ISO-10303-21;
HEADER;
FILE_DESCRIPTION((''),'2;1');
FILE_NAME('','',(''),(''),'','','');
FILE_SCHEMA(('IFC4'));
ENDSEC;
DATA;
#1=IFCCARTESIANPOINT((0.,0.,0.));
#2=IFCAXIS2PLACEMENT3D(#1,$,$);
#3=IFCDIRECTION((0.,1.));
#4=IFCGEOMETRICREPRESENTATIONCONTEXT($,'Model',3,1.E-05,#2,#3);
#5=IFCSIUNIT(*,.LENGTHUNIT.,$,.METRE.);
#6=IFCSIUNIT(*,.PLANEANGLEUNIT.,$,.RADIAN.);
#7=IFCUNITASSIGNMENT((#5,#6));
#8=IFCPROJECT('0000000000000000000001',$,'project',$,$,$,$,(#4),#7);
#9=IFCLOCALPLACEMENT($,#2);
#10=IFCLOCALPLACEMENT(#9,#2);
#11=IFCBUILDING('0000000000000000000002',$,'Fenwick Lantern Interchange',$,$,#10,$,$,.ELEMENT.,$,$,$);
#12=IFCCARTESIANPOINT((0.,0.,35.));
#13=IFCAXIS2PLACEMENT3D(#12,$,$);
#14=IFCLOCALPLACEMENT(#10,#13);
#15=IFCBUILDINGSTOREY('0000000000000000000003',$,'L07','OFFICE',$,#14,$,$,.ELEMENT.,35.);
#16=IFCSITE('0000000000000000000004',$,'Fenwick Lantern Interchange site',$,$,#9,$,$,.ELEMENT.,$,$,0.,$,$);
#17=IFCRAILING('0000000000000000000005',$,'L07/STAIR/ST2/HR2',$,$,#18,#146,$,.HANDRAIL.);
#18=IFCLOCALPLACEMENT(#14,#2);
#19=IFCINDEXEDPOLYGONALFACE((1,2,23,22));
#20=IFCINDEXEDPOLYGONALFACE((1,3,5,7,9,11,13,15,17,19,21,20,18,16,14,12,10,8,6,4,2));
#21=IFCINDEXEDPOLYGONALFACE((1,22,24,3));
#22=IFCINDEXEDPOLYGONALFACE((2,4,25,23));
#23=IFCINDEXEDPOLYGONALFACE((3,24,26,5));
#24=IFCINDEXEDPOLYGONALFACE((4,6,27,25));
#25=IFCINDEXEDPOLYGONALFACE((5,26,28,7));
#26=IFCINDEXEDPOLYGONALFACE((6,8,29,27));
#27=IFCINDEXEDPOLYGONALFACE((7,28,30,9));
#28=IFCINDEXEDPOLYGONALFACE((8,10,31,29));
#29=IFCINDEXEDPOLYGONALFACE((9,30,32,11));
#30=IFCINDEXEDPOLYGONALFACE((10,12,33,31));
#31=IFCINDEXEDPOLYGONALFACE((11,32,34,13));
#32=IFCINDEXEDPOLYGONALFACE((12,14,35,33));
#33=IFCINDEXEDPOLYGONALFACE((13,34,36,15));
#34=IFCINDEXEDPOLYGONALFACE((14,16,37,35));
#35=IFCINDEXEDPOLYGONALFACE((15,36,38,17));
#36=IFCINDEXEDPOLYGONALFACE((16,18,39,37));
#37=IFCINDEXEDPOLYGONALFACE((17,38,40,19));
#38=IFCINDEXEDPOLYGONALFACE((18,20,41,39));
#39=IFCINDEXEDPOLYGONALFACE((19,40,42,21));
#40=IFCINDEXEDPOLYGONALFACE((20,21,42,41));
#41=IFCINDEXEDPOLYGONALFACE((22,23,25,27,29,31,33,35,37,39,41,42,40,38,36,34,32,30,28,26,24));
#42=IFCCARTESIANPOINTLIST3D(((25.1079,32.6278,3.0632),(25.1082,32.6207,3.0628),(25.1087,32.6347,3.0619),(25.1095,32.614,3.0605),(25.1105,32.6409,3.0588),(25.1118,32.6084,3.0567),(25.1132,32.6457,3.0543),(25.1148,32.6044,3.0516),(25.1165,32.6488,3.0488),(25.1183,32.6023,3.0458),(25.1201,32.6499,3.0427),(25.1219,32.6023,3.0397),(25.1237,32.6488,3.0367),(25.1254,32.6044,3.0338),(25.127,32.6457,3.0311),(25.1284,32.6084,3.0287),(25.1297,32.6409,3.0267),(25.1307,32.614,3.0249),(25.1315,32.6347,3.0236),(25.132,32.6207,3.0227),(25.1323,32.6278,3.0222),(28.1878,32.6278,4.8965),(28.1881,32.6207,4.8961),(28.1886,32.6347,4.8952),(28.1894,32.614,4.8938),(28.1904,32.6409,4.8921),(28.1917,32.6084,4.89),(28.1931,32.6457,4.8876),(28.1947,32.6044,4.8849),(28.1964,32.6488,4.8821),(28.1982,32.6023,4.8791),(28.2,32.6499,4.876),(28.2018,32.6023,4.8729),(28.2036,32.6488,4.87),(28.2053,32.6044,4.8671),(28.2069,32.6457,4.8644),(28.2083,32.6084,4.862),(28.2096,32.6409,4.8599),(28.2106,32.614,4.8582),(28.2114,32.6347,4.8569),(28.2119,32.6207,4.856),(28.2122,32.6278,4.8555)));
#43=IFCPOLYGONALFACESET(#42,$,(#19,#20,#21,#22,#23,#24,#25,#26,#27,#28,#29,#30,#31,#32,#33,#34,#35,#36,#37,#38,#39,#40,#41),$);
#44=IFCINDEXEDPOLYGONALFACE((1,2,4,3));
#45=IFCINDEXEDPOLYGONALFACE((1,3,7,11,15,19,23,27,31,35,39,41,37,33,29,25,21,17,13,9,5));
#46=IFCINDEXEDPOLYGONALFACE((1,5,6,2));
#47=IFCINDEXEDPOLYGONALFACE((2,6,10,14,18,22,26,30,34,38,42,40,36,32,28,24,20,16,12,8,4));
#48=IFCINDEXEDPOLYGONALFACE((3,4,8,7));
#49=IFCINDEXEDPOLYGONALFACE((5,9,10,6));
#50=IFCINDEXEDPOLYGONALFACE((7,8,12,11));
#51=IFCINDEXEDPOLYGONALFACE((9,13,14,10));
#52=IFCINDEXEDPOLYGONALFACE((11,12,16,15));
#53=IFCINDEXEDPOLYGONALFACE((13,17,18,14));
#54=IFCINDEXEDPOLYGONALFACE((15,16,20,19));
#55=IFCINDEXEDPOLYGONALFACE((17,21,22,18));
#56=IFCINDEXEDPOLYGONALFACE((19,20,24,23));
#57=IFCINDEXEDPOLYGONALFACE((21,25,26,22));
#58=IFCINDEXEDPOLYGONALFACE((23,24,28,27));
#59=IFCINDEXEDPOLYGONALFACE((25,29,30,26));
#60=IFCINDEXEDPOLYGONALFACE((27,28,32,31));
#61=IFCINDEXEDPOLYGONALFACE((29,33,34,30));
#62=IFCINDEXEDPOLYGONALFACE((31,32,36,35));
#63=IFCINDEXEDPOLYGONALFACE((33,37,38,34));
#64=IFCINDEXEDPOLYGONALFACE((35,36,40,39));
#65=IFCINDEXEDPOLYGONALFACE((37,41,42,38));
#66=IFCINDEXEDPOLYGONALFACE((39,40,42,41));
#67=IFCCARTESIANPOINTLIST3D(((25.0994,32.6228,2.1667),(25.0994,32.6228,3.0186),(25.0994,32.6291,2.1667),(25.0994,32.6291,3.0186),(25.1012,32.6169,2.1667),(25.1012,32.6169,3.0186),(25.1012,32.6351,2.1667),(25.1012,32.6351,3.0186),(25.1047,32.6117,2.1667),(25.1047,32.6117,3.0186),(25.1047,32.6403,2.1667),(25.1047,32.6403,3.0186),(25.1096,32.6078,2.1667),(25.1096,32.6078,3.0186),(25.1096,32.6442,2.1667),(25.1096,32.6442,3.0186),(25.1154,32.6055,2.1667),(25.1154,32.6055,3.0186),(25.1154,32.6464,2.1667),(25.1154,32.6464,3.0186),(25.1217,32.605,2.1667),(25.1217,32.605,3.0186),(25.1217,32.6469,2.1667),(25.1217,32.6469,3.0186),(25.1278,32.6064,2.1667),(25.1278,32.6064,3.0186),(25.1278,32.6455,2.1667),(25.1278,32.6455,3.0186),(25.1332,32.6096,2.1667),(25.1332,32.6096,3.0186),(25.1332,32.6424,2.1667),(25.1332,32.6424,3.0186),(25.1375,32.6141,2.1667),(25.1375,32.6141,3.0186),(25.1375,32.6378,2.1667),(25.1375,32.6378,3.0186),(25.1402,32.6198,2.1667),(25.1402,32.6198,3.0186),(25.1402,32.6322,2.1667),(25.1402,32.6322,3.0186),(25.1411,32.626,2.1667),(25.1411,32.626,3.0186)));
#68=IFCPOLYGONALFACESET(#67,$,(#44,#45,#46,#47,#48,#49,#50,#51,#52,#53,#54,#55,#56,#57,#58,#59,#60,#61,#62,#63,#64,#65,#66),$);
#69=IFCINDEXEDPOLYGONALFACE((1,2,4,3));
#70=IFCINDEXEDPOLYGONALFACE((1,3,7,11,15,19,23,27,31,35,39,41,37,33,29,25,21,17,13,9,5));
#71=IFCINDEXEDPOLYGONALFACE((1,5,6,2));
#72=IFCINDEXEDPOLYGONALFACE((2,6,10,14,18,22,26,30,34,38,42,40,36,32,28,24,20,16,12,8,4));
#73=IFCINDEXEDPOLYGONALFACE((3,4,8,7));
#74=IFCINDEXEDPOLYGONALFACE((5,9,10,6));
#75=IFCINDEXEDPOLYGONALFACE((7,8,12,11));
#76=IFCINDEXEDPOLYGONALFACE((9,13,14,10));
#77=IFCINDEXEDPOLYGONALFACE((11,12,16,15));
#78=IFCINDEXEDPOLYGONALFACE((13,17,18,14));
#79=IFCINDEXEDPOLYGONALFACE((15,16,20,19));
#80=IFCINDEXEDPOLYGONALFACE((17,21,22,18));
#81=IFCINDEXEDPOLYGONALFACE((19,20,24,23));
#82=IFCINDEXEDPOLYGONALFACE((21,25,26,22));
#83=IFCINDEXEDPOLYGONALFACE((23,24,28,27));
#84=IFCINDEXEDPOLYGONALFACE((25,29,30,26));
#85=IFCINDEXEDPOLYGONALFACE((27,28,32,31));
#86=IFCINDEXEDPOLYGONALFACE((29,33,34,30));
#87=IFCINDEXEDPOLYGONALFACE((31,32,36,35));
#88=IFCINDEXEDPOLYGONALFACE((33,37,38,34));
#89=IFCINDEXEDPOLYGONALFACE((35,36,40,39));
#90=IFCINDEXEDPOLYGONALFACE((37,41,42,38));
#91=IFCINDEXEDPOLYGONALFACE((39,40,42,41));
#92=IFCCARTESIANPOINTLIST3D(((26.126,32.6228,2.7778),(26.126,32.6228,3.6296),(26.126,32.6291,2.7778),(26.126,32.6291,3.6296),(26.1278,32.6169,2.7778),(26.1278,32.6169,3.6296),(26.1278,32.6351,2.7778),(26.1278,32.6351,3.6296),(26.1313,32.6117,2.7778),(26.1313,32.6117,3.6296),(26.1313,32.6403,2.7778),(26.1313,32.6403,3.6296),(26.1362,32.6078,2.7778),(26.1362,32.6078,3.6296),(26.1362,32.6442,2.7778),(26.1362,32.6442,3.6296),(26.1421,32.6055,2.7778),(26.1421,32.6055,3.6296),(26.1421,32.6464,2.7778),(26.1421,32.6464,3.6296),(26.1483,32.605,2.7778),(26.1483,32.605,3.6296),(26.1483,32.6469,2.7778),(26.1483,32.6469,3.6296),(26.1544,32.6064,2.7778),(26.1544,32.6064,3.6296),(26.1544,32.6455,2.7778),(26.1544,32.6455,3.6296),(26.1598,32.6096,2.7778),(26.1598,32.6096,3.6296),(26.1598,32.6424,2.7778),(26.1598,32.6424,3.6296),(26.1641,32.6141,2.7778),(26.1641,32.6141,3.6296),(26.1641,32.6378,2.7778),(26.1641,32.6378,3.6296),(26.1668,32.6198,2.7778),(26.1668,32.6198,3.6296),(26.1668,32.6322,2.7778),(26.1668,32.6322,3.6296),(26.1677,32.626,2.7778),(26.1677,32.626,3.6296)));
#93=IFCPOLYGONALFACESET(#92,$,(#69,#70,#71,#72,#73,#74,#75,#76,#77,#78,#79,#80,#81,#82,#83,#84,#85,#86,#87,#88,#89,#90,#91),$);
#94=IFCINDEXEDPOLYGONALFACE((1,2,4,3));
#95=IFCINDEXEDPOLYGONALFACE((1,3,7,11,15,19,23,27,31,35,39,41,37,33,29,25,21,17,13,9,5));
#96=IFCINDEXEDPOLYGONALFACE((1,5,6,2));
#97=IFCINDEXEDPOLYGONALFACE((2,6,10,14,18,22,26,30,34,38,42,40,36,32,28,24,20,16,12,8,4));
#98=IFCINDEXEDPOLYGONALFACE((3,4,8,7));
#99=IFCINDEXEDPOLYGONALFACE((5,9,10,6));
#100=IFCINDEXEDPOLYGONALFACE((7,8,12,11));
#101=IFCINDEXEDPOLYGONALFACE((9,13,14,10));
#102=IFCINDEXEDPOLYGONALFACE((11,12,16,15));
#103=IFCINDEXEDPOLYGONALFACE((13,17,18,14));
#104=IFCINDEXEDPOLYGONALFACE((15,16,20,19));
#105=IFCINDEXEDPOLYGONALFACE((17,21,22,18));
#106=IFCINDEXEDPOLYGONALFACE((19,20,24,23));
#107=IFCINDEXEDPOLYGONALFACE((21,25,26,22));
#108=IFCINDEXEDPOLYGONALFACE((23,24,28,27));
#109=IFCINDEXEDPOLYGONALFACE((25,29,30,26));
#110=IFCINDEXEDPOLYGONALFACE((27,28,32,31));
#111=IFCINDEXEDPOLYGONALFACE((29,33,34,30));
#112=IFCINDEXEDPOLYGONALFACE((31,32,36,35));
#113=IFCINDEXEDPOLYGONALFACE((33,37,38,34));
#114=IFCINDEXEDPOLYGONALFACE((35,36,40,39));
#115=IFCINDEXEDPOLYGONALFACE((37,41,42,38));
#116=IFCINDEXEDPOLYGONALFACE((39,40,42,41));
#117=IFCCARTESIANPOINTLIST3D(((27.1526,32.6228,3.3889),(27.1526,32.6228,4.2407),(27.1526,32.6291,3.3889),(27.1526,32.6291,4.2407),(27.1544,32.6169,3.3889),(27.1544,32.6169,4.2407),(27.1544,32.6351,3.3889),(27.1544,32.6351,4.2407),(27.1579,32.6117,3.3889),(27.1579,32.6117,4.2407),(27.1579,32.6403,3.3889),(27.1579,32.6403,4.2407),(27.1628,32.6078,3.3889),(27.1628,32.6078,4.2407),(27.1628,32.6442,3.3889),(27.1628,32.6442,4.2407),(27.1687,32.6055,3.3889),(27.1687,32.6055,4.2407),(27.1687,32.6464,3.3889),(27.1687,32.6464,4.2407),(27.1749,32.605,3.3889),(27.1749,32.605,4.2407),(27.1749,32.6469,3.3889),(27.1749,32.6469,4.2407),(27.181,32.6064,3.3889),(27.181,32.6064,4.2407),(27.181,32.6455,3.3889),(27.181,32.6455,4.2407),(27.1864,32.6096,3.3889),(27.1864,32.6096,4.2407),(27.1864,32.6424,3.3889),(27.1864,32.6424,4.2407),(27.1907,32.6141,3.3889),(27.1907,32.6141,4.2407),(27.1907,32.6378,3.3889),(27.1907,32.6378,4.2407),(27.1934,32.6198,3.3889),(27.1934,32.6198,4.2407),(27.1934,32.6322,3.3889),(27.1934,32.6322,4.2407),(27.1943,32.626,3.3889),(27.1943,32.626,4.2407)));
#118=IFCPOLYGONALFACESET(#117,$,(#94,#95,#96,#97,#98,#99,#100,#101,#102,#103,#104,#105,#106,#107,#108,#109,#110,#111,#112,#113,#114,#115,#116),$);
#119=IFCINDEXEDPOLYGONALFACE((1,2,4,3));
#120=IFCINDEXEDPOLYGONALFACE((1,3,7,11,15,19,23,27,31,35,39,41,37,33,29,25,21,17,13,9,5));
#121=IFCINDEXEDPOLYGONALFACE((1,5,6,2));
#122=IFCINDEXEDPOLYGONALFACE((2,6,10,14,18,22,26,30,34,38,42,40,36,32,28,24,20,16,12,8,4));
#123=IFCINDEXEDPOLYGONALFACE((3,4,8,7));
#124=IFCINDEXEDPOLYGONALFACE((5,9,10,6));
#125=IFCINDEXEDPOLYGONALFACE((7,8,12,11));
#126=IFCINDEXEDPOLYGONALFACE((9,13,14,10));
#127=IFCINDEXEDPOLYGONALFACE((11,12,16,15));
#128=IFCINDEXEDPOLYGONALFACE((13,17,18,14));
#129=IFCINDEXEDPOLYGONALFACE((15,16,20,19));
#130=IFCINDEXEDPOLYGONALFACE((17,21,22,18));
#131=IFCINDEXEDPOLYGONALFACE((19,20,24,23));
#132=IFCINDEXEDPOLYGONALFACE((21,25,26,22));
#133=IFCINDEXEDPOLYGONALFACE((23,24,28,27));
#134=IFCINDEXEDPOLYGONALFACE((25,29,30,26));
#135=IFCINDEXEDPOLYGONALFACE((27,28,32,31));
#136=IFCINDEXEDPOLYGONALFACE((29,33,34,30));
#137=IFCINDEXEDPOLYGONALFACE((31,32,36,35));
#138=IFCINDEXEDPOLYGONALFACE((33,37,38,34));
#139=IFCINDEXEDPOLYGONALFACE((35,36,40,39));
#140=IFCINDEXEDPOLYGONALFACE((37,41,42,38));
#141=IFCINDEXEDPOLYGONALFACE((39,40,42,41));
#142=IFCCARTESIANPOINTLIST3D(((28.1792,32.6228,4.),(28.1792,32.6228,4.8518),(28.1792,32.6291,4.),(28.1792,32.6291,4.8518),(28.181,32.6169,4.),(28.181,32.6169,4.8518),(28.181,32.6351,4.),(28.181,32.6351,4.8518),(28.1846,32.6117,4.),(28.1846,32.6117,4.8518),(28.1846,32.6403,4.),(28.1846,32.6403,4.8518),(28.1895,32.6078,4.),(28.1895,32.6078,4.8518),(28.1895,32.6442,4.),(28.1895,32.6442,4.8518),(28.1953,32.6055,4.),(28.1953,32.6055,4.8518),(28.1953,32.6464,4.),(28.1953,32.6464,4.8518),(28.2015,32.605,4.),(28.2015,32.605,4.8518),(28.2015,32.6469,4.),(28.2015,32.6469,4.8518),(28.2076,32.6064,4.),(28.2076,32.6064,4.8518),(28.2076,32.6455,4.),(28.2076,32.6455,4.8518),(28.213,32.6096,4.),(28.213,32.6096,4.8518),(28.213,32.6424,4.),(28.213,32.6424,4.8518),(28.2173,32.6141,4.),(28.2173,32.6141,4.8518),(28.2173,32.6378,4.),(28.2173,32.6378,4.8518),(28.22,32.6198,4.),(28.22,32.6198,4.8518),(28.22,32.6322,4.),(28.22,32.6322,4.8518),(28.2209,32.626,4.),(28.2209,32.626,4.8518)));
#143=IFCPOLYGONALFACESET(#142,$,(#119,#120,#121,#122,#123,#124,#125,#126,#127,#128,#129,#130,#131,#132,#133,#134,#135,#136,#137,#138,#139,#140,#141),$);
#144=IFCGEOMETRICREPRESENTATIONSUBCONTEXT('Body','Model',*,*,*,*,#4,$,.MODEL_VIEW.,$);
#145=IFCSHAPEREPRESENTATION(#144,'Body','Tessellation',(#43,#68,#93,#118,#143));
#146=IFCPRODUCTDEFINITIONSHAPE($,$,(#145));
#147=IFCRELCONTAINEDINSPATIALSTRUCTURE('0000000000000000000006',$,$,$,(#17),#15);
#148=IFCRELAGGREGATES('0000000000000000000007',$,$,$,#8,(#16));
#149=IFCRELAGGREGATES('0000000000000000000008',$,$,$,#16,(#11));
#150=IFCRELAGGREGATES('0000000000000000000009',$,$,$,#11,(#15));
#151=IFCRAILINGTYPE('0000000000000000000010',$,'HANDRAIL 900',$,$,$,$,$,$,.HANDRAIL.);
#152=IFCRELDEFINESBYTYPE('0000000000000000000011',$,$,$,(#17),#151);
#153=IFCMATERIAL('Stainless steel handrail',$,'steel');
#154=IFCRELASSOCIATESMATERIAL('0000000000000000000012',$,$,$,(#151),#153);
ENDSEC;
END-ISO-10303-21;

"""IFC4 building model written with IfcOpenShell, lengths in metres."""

from ifc_helpers import new_model, si_unit, direction, frame, origin, origin_2d, place, context, subcontext, project, spatial, circle, extrude, material, type_object, element, save


model = new_model("IFC4")

# Units and contexts
model_context = context("Model", 3, precision=1e-05, world=origin(), true_north=direction((0.0, 1.0)))
body_context = subcontext(model_context, "Body", "Model", "MODEL_VIEW")
ifc_project = project(units=[si_unit("LENGTHUNIT", "METRE"), si_unit("PLANEANGLEUNIT", "RADIAN")], contexts=[model_context])

# Site, building, storey
site_placement = place(None, origin())
site = spatial("IfcSite", under=ifc_project, at=site_placement, Name="Fenwick Lantern Interchange site", CompositionType="ELEMENT", RefElevation=0.0)
building_placement = place(site_placement, origin())
building = spatial("IfcBuilding", under=site, at=building_placement, Name="Fenwick Lantern Interchange", CompositionType="ELEMENT")
storey_placement = place(building_placement, frame((0.0, 0.0, 35.0)))
storey = spatial("IfcBuildingStorey", under=building, at=storey_placement, Name="L07", Description="OFFICE", CompositionType="ELEMENT", Elevation=35.0)

# Railing
ifc_material_1 = material(Name="Stainless steel handrail", Category="steel")
railing_type = type_object("IfcRailingType", Name="HANDRAIL 900", PredefinedType="HANDRAIL", material=ifc_material_1)
railing_1_placement = place(storey_placement, frame((25.1201, 32.626, 2.1667)))
element("IfcRailing", 1, at=railing_1_placement, inside=storey, type_object=railing_type, Name="L07/STAIR/ST2/HR2", PredefinedType="HANDRAIL", context=body_context, shape_type="SweptSolid", body=[
    extrude(circle(Radius=0.0239, at=origin_2d()), frame((0.0, 0.0, 0.876), z_axis=(0.859291, 0.0, 0.511487), x_axis=(0.0, 1.0, 0.0)), (0.0, 0.0, 1.0), 3.5842),
    extrude(circle(Radius=0.021, at=origin_2d()), origin(), (0.0, 0.0, 1.0), 0.8518),
    extrude(circle(Radius=0.021, at=origin_2d()), frame((1.0266, 0.0, 0.6111)), (0.0, 0.0, 1.0), 0.8518),
    extrude(circle(Radius=0.021, at=origin_2d()), frame((2.0532, 0.0, 1.2222)), (0.0, 0.0, 1.0), 0.8518),
    extrude(circle(Radius=0.021, at=origin_2d()), frame((3.0798, 0.0, 1.8333)), (0.0, 0.0, 1.0), 0.8518),
])

save(model, "model.ifc")
